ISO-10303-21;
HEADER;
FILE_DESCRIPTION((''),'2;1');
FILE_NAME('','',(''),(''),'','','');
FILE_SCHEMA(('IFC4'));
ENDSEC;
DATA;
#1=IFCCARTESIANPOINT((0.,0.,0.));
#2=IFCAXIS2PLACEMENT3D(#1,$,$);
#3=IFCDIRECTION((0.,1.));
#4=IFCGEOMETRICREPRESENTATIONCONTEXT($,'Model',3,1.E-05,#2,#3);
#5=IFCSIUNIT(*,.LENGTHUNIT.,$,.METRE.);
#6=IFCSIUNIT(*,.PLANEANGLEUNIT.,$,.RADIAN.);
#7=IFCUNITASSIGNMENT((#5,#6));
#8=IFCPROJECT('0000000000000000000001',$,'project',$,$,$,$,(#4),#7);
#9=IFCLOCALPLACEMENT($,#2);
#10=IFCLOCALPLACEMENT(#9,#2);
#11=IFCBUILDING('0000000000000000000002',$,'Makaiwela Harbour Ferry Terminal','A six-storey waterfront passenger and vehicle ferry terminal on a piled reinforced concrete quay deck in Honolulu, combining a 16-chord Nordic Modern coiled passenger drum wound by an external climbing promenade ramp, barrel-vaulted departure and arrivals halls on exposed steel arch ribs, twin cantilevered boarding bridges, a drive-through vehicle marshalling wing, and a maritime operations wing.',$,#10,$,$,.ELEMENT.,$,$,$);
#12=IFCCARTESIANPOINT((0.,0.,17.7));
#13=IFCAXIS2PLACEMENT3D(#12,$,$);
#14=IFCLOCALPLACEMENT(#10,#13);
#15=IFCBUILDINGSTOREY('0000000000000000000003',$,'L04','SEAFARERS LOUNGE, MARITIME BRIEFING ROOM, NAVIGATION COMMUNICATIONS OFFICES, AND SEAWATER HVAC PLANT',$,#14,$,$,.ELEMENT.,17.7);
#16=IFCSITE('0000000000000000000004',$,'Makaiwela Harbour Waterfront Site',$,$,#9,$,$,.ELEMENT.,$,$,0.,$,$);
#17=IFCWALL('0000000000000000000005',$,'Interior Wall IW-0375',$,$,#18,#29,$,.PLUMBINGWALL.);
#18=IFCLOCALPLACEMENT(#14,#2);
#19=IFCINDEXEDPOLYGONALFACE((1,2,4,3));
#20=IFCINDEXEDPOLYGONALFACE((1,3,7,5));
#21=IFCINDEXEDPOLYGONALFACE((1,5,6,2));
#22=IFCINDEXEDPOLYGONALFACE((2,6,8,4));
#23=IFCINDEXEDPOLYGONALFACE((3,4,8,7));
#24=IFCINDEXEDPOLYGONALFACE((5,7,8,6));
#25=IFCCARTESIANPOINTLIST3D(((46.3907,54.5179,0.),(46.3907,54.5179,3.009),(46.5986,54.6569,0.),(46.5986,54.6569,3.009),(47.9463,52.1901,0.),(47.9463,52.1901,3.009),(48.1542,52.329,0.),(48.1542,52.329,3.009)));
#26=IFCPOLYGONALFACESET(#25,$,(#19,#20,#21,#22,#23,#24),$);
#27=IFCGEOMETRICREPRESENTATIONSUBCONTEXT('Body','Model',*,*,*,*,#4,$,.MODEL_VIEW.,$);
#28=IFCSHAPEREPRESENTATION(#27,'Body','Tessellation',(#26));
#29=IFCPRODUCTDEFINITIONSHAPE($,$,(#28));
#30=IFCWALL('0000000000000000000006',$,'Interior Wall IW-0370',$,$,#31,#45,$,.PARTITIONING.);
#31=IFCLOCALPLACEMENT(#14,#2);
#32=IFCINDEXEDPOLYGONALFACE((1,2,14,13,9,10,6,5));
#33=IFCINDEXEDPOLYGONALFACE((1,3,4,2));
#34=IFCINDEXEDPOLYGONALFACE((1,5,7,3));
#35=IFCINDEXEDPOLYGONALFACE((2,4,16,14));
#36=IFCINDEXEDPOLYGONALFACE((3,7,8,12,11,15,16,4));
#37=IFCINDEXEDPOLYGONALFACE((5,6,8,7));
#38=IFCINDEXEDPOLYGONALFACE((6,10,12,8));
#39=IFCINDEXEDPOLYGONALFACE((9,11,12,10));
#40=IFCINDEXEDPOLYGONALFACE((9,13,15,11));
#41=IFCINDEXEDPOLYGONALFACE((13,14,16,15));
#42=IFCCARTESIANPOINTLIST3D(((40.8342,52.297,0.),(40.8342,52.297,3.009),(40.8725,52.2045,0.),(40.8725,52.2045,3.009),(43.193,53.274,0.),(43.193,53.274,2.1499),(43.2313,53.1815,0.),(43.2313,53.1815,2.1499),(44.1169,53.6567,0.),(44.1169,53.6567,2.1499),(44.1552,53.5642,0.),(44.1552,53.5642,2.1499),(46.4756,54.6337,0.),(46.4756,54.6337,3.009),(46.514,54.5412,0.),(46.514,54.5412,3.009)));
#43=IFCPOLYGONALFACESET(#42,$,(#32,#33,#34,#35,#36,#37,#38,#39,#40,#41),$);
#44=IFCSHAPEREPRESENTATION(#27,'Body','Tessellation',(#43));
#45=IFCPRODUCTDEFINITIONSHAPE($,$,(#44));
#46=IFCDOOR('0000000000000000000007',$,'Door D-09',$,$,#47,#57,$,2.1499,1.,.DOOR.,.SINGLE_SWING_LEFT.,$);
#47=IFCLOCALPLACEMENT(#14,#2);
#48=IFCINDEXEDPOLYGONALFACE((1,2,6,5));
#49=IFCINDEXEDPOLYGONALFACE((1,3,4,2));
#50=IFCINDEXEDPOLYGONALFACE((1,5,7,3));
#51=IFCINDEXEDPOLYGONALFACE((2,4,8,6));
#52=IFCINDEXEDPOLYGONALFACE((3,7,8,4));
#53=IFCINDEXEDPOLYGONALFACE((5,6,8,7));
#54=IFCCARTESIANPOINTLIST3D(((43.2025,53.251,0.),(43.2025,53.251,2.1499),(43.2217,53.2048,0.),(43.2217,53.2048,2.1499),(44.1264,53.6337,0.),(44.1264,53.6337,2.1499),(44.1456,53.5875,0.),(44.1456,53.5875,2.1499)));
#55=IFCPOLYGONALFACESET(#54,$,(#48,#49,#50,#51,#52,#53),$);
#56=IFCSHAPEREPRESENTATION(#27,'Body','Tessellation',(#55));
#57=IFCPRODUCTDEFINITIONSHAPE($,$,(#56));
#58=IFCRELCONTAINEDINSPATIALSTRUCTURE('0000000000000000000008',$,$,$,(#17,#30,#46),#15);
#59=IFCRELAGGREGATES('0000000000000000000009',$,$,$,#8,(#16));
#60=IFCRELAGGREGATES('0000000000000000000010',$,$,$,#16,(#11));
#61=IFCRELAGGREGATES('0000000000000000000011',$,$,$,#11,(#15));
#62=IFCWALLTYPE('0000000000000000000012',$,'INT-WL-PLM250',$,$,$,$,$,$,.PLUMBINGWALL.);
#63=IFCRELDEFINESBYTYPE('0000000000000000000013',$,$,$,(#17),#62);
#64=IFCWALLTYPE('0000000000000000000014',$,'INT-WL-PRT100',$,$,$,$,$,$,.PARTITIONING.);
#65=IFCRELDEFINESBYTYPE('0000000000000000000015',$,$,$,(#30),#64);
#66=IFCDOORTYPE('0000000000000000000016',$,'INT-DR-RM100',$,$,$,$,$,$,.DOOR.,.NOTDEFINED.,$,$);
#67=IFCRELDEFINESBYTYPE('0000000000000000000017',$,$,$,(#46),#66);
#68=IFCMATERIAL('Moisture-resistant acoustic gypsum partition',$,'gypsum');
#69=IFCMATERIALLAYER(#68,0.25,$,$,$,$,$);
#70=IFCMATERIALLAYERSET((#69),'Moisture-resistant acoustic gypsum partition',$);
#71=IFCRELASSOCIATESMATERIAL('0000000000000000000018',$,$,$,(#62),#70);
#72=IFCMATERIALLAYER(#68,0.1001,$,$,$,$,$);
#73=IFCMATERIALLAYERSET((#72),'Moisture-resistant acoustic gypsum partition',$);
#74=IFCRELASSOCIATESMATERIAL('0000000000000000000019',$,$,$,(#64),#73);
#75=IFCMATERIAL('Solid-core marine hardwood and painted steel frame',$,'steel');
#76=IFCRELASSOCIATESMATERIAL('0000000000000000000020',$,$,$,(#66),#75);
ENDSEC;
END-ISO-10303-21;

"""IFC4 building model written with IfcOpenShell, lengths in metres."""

from ifc_helpers import new_model, si_unit, direction, frame, frame_2d, origin, place, context, subcontext, project, spatial, rectangle, extrude, material, layer, layer_set, type_object, element, fill, save


model = new_model("IFC4")

# Units and contexts
model_context = context("Model", 3, precision=1e-05, world=origin(), true_north=direction((0.0, 1.0)))
body_context = subcontext(model_context, "Body", "Model", "MODEL_VIEW")
ifc_project = project(units=[si_unit("LENGTHUNIT", "METRE"), si_unit("PLANEANGLEUNIT", "RADIAN")], contexts=[model_context])

# Site, building, storey
site_placement = place(None, origin())
site = spatial("IfcSite", under=ifc_project, at=site_placement, Name="Makaiwela Harbour Waterfront Site", CompositionType="ELEMENT", RefElevation=0.0)
building_placement = place(site_placement, origin())
building = spatial("IfcBuilding", under=site, at=building_placement, Name="Makaiwela Harbour Ferry Terminal", Description="A six-storey waterfront passenger and vehicle ferry terminal on a piled reinforced concrete quay deck in Honolulu, combining a 16-chord Nordic Modern coiled passenger drum wound by an external climbing promenade ramp, barrel-vaulted departure and arrivals halls on exposed steel arch ribs, twin cantilevered boarding bridges, a drive-through vehicle marshalling wing, and a maritime operations wing.", CompositionType="ELEMENT")
storey_placement = place(building_placement, frame((0.0, 0.0, 17.7)))
storey = spatial("IfcBuildingStorey", under=building, at=storey_placement, Name="L04", Description="SEAFARERS LOUNGE, MARITIME BRIEFING ROOM, NAVIGATION COMMUNICATIONS OFFICES, AND SEAWATER HVAC PLANT", CompositionType="ELEMENT", Elevation=17.7)

# Shared definitions
ifc_material_1 = material(Name="Moisture-resistant acoustic gypsum partition", Category="gypsum")
ifc_material_2 = material(Name="Solid-core marine hardwood and painted steel frame", Category="steel")

# Shared definitions
ifc_layer_1 = layer(ifc_material_1, 0.25)
ifc_layer_set_1 = layer_set([ifc_layer_1], Name="Moisture-resistant acoustic gypsum partition")
wall_type_1 = type_object("IfcWallType", Name="INT-WL-PLM250", PredefinedType="PLUMBINGWALL", material=ifc_layer_set_1)

# Wall
wall_1_placement = place(storey_placement, frame((46.4946, 54.5874, 0.0), z_axis=(0.0, 0.0, 1.0), x_axis=(0.555625, -0.831433, 0.0)))
element("IfcWall", 1, at=wall_1_placement, inside=storey, type_object=wall_type_1, Name="Interior Wall IW-0375", PredefinedType="PLUMBINGWALL", context=body_context, shape_type="SweptSolid", body=[
    extrude(rectangle(XDim=2.7998, YDim=0.25, at=frame_2d((1.3999, 0.0))), origin(), (0.0, 0.0, 1.0), 3.009),
])

# Wall, opening, door
ifc_layer_2 = layer(ifc_material_1, 0.1001)
ifc_layer_set_2 = layer_set([ifc_layer_2], Name="Moisture-resistant acoustic gypsum partition")
wall_type_2 = type_object("IfcWallType", Name="INT-WL-PRT100", PredefinedType="PARTITIONING", material=ifc_layer_set_2)
wall_2_placement = place(storey_placement, frame((40.8533, 52.2507, 0.0), z_axis=(0.0, 0.0, 1.0), x_axis=(0.923883, 0.382675, 0.0)))
wall_2 = element("IfcWall", 2, at=wall_2_placement, inside=storey, type_object=wall_type_2, Name="Interior Wall IW-0370", PredefinedType="PARTITIONING", context=body_context, shape_type="SweptSolid", body=[
    extrude(rectangle(XDim=6.1062, YDim=0.1001, at=frame_2d((3.0532, 0.0))), origin(), (0.0, 0.0, 1.0), 3.009),
])
opening_1_placement = place(wall_2_placement, frame((2.5532, 0.0, 0.0)))
opening_1 = element("IfcOpeningElement", 3, at=opening_1_placement, cuts=wall_2, PredefinedType="OPENING", context=body_context, shape_type="SweptSolid", body=[
    extrude(rectangle(XDim=1.0, YDim=2.1499, at=frame_2d((0.5, 1.075))), frame((0.0, 0.0601, 0.0), z_axis=(0.0, -1.0, 0.0), x_axis=(1.0, 0.0, 0.0)), (0.0, 0.0, 1.0), 0.1201),
])
door_type_1 = type_object("IfcDoorType", Name="INT-DR-RM100", OperationType="NOTDEFINED", PredefinedType="DOOR", material=ifc_material_2)
door_1_placement = place(opening_1_placement, frame((1.0, 0.0, 0.0), z_axis=(0.0, 0.0, 1.0), x_axis=(-1.0, 0.0, 0.0)))
door_1 = element("IfcDoor", 4, at=door_1_placement, inside=storey, type_object=door_type_1, Name="Door D-09", OperationType="SINGLE_SWING_LEFT", OverallHeight=2.1499, OverallWidth=1.0, PredefinedType="DOOR", context=body_context, shape_type="SweptSolid", body=[
    extrude(rectangle(XDim=1.0, YDim=2.1499, at=frame_2d((0.5, 1.075))), frame((0.0, 0.0249, 0.0), z_axis=(0.0, -1.0, 0.0), x_axis=(1.0, 0.0, 0.0)), (0.0, 0.0, 1.0), 0.05),
])
fill(opening_1, door_1)

save(model, "model.ifc")
